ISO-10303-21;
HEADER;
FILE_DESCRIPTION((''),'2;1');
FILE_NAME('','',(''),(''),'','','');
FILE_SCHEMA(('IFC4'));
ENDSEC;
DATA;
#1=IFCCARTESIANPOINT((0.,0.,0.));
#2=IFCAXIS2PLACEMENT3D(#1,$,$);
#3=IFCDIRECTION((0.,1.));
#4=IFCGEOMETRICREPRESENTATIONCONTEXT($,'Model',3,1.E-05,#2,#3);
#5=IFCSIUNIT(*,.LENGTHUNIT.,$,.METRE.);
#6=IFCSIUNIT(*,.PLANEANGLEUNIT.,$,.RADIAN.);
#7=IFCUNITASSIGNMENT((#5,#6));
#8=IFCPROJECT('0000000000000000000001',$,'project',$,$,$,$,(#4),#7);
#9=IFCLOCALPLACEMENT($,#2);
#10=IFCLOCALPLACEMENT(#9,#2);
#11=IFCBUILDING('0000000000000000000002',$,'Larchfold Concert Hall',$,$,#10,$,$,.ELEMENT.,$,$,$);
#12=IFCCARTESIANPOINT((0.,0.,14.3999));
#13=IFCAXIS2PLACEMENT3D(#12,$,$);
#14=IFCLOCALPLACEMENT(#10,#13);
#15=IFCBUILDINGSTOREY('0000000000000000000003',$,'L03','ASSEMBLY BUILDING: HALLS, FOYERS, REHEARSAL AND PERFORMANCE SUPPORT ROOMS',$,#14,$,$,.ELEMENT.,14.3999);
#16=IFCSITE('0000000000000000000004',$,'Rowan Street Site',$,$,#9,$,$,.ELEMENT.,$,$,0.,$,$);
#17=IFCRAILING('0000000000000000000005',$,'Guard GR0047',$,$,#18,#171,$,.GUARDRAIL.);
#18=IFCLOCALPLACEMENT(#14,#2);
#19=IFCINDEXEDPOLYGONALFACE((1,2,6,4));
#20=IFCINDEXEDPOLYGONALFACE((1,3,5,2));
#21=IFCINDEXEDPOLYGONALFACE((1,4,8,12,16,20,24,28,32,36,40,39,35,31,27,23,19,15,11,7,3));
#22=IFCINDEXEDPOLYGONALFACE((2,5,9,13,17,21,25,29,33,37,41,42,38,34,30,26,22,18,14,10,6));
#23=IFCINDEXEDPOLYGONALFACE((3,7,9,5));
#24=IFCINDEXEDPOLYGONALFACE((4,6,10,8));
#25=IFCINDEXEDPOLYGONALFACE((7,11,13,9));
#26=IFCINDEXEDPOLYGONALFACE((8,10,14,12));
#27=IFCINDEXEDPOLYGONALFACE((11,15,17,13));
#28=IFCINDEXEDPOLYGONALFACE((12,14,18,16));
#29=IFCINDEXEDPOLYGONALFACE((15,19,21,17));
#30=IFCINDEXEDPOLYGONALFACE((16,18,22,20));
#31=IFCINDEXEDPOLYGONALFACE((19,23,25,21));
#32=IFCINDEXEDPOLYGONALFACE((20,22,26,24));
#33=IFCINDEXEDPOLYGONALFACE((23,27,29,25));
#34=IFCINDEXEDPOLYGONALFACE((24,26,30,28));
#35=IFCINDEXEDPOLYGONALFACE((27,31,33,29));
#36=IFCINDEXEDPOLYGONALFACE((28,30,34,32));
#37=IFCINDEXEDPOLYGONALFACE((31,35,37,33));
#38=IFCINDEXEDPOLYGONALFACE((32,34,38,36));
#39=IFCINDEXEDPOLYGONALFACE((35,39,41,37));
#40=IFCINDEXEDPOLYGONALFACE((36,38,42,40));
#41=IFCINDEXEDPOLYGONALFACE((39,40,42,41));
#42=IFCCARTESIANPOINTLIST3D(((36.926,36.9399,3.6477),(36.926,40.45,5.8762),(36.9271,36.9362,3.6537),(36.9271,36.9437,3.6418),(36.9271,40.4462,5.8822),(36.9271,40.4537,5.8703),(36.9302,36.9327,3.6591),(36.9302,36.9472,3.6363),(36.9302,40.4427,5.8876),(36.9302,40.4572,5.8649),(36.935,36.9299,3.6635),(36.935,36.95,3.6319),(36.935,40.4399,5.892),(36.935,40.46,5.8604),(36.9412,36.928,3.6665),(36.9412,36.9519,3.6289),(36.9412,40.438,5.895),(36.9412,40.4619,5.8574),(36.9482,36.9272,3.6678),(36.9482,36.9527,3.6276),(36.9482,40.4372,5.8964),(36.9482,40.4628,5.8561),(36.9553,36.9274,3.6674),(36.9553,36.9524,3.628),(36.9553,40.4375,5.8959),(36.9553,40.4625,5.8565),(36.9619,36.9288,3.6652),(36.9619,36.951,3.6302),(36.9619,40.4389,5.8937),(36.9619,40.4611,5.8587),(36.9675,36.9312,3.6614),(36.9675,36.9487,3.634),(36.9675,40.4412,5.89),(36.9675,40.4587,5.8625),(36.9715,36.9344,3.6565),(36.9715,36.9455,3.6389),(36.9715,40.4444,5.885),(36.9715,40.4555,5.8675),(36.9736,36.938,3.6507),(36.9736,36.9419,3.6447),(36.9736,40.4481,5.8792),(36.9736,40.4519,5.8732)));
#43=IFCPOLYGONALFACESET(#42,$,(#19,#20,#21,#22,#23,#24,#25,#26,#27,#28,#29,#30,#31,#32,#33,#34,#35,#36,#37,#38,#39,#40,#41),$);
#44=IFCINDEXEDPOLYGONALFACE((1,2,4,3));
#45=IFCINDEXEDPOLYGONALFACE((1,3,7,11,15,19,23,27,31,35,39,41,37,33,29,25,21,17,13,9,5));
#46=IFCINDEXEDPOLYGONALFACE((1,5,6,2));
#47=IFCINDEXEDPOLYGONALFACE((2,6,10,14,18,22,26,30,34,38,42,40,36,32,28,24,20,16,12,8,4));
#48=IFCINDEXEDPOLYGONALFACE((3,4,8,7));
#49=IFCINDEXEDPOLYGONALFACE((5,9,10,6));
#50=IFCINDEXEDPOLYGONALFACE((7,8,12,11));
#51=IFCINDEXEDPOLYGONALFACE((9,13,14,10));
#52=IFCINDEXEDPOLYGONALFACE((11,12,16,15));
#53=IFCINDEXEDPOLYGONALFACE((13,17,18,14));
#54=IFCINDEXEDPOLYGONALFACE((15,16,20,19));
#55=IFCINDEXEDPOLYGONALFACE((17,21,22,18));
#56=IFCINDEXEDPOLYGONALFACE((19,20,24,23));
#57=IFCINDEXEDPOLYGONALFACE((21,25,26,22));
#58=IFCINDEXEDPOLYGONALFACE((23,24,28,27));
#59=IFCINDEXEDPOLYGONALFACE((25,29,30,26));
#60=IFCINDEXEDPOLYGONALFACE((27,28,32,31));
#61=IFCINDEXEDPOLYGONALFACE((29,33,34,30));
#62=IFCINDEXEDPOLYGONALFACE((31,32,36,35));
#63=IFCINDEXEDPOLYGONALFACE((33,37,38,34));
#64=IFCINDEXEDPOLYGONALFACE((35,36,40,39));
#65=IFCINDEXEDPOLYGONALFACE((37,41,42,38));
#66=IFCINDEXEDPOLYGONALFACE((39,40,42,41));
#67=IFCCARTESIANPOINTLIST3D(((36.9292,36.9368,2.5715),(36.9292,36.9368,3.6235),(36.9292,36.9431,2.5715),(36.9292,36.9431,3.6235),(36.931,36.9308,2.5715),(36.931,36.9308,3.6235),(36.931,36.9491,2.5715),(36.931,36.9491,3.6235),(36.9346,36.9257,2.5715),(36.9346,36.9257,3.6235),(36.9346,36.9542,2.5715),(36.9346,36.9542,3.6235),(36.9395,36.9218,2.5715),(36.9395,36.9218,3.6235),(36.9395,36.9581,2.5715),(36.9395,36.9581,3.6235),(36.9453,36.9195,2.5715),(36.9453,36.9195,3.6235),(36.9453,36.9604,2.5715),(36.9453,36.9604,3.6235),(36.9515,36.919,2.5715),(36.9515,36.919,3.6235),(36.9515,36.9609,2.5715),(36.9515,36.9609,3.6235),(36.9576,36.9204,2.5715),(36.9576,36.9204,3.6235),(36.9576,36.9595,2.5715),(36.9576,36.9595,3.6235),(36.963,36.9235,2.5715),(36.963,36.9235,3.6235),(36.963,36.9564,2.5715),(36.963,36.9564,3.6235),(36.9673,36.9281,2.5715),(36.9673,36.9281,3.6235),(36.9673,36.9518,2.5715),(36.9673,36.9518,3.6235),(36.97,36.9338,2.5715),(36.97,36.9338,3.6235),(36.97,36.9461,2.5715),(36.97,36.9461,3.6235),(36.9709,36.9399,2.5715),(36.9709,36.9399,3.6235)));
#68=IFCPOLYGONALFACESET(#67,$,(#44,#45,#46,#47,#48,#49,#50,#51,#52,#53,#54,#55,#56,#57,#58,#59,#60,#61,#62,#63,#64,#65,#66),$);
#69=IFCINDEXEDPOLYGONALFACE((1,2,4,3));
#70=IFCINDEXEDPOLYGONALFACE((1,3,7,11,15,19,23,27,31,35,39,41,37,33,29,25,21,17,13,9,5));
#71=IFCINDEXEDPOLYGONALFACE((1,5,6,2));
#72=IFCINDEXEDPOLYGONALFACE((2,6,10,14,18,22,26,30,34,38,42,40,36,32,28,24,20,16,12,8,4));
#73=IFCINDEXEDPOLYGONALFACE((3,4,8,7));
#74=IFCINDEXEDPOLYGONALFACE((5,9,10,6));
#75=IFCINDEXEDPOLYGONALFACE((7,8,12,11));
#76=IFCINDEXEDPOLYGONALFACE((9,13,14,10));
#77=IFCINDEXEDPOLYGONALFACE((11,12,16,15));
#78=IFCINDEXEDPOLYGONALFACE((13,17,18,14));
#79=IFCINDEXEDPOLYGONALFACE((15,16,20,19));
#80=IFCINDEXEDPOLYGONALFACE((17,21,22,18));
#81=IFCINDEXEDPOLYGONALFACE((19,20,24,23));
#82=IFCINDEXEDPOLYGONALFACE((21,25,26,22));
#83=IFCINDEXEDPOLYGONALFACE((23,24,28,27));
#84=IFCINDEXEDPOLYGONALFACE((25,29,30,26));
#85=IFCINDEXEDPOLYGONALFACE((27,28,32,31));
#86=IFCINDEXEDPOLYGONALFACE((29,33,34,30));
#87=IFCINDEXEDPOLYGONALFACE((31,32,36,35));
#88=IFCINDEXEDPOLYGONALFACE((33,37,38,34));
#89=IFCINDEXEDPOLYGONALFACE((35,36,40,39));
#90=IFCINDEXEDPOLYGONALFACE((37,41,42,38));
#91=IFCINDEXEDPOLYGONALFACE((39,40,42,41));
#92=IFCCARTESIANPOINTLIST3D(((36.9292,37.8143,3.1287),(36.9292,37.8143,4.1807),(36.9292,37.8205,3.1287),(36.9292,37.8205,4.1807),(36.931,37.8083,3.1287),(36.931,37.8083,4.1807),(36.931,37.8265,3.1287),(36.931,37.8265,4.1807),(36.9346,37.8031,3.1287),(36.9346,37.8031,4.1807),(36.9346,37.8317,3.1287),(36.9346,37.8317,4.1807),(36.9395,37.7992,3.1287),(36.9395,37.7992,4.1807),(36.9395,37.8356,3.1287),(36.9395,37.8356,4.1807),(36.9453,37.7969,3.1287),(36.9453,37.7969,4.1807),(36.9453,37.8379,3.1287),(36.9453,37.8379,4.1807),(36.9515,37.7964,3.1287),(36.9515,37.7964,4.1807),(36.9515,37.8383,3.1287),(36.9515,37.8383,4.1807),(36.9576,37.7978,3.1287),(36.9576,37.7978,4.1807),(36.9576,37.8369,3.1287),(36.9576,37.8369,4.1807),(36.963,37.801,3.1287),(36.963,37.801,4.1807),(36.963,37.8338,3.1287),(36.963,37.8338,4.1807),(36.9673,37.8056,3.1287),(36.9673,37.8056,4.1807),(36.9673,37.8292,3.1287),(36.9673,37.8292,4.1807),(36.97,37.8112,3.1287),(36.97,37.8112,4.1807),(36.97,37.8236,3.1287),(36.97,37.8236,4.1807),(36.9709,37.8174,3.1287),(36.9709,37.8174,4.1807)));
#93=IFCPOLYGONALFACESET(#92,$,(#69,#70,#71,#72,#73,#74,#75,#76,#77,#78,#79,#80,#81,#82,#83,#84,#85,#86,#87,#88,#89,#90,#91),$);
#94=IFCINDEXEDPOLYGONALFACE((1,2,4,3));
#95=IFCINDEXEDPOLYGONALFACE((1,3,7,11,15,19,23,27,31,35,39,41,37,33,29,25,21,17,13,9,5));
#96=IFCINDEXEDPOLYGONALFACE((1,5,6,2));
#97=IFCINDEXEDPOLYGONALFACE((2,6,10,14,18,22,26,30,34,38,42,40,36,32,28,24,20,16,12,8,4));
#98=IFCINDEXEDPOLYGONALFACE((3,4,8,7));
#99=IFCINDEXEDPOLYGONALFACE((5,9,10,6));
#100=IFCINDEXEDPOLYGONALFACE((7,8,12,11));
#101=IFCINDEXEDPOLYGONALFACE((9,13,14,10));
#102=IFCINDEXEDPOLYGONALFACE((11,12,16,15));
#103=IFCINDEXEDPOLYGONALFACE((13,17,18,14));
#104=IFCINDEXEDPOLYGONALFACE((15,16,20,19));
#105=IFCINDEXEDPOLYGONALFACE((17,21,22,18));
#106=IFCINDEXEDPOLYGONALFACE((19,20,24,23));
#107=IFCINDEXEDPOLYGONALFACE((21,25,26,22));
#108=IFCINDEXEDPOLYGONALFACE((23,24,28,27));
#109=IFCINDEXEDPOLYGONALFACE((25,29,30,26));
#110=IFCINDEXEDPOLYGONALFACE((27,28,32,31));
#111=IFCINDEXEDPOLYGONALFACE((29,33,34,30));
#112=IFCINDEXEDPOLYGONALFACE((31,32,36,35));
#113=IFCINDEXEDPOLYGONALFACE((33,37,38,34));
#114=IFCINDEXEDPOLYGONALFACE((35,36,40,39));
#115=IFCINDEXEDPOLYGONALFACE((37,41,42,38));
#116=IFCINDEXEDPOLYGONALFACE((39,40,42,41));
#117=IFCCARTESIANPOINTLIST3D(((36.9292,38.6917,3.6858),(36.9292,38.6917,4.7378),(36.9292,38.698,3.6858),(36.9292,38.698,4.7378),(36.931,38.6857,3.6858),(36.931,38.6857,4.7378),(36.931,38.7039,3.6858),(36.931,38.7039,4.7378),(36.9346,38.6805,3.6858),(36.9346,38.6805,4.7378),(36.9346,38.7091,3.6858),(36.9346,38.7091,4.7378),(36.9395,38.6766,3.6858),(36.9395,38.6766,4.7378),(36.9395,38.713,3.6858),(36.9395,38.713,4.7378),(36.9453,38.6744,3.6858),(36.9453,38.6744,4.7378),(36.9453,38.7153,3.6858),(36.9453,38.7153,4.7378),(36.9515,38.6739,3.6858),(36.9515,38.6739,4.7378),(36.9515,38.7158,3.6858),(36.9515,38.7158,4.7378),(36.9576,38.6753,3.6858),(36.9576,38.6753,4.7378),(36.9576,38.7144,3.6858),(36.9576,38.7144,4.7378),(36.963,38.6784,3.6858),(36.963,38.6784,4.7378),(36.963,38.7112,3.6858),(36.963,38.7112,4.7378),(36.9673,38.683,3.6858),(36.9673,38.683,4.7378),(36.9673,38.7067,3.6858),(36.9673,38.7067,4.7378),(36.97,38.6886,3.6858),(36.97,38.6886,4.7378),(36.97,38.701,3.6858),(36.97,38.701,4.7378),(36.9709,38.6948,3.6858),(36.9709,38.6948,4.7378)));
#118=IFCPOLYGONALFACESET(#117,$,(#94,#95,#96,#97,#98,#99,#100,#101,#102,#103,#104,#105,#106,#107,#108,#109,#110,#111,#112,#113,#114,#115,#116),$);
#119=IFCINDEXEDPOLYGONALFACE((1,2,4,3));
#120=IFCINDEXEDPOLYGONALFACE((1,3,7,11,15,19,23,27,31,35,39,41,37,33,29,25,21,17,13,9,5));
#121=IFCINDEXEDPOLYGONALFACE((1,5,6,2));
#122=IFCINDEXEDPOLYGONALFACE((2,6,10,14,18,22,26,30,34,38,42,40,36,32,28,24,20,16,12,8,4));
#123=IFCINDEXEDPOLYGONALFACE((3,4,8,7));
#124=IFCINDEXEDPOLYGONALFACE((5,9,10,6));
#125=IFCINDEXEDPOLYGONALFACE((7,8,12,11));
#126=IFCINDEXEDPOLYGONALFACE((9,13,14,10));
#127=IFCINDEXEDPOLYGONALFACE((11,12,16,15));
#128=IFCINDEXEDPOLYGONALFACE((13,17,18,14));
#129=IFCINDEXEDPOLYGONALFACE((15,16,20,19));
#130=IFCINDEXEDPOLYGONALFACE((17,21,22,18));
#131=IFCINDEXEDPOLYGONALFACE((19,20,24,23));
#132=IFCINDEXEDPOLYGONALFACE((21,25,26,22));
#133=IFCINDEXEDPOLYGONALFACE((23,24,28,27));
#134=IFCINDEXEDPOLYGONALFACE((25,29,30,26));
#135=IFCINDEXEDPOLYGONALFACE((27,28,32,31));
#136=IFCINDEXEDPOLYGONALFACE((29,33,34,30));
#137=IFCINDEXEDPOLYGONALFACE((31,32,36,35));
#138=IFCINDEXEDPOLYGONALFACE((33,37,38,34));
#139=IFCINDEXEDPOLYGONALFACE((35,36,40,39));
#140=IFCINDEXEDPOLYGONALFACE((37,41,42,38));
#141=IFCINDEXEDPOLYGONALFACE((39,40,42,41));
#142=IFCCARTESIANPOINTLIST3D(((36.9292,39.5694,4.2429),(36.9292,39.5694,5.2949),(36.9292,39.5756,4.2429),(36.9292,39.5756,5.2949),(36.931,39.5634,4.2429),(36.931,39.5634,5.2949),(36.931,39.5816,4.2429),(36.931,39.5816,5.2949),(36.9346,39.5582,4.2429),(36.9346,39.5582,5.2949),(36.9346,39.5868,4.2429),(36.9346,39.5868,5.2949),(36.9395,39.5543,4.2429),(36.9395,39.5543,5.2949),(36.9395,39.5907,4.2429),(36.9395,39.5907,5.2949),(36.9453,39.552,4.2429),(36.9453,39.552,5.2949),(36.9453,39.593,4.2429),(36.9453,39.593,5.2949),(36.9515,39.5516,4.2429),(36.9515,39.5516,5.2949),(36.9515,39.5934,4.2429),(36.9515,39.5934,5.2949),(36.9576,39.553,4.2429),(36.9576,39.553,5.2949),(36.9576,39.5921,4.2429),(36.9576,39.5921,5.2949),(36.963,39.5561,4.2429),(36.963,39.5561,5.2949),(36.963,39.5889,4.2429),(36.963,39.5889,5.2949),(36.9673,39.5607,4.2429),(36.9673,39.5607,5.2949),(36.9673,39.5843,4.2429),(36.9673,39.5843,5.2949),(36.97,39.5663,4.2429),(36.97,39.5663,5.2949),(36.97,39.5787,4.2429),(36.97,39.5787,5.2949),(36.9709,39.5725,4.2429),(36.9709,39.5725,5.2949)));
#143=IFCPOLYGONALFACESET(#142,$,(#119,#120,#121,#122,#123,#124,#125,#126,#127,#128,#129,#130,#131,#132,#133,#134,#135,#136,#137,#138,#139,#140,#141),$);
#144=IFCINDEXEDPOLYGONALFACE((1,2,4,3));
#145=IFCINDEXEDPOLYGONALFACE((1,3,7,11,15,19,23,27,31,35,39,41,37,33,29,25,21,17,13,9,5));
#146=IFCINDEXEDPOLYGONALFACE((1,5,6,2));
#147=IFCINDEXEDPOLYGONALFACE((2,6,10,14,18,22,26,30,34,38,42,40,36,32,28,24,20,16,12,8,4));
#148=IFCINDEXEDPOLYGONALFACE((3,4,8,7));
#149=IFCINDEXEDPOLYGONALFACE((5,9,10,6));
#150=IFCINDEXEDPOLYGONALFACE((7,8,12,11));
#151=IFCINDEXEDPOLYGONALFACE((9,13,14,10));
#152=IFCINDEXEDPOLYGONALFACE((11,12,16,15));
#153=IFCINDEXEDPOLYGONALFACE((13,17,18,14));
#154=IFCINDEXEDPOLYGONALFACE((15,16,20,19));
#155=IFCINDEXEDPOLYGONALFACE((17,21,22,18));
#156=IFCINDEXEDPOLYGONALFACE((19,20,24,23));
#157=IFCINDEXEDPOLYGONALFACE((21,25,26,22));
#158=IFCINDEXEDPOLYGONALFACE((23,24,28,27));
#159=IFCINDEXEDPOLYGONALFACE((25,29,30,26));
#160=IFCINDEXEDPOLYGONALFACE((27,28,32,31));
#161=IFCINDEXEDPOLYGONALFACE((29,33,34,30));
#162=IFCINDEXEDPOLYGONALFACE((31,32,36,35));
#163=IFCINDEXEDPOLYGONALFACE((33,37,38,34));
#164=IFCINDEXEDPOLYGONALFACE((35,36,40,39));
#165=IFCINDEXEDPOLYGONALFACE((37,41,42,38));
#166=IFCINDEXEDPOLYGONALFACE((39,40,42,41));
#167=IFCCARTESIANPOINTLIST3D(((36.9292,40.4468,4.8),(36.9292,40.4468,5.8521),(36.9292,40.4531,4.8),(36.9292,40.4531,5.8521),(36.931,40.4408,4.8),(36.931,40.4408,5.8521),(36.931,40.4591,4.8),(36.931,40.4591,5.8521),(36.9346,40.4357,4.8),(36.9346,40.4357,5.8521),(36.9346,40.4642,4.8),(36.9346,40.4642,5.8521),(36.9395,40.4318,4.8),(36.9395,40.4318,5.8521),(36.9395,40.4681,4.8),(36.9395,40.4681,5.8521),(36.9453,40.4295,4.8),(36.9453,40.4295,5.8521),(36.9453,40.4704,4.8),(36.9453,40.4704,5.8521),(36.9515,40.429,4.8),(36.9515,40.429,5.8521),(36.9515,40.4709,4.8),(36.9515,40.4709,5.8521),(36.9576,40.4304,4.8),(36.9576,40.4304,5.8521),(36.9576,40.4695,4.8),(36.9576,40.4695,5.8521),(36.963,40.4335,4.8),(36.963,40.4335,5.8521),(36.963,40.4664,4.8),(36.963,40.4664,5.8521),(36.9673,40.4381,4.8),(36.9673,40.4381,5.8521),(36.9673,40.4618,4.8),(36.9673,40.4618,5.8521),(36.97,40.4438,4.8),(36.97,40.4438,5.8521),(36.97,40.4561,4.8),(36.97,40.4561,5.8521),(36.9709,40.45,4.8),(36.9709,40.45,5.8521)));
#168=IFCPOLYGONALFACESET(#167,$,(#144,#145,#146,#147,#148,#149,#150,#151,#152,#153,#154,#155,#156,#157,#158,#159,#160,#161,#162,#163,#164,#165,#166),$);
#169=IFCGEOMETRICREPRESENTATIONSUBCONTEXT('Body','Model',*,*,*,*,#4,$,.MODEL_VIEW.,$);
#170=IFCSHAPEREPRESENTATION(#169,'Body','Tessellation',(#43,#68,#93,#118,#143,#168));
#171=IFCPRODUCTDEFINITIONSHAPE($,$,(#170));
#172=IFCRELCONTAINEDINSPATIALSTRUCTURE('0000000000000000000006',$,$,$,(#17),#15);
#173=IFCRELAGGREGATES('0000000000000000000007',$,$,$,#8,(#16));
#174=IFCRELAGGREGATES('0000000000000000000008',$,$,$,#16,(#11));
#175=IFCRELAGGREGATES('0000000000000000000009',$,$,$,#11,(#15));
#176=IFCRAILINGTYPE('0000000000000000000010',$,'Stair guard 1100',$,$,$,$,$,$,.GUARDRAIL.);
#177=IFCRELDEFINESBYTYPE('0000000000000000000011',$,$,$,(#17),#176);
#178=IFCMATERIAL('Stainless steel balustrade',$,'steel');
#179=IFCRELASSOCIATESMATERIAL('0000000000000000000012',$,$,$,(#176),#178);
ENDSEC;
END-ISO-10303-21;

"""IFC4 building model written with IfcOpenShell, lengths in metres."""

from ifc_helpers import new_model, si_unit, direction, frame, origin, origin_2d, place, context, subcontext, project, spatial, circle, extrude, material, type_object, element, save


model = new_model("IFC4")

# Units and contexts
model_context = context("Model", 3, precision=1e-05, world=origin(), true_north=direction((0.0, 1.0)))
body_context = subcontext(model_context, "Body", "Model", "MODEL_VIEW")
ifc_project = project(units=[si_unit("LENGTHUNIT", "METRE"), si_unit("PLANEANGLEUNIT", "RADIAN")], contexts=[model_context])

# Site, building, storey
site_placement = place(None, origin())
site = spatial("IfcSite", under=ifc_project, at=site_placement, Name="Rowan Street Site", CompositionType="ELEMENT", RefElevation=0.0)
building_placement = place(site_placement, origin())
building = spatial("IfcBuilding", under=site, at=building_placement, Name="Larchfold Concert Hall", CompositionType="ELEMENT")
storey_placement = place(building_placement, frame((0.0, 0.0, 14.3999)))
storey = spatial("IfcBuildingStorey", under=building, at=storey_placement, Name="L03", Description="ASSEMBLY BUILDING: HALLS, FOYERS, REHEARSAL AND PERFORMANCE SUPPORT ROOMS", CompositionType="ELEMENT", Elevation=14.3999)

# Railing
ifc_material_1 = material(Name="Stainless steel balustrade", Category="steel")
railing_type_1 = type_object("IfcRailingType", Name="Stair guard 1100", PredefinedType="GUARDRAIL", material=ifc_material_1)
railing_1_placement = place(storey_placement, frame((36.95, 36.9399, 2.5715)))
element("IfcRailing", 1, at=railing_1_placement, inside=storey, type_object=railing_type_1, Name="Guard GR0047", PredefinedType="GUARDRAIL", context=body_context, shape_type="SweptSolid", body=[
    extrude(circle(Radius=0.0239, at=origin_2d()), frame((0.0, 0.0, 1.0762), z_axis=(0.0, 0.84422, 0.535998), x_axis=(-1.0, 0.0, 0.0)), (0.0, 0.0, 1.0), 4.1577),
    extrude(circle(Radius=0.021, at=origin_2d()), origin(), (0.0, 0.0, 1.0), 1.052),
    extrude(circle(Radius=0.021, at=origin_2d()), frame((0.0, 0.8774, 0.5571)), (0.0, 0.0, 1.0), 1.052),
    extrude(circle(Radius=0.021, at=origin_2d()), frame((0.0, 1.7549, 1.1143)), (0.0, 0.0, 1.0), 1.052),
    extrude(circle(Radius=0.021, at=origin_2d()), frame((0.0, 2.6326, 1.6714)), (0.0, 0.0, 1.0), 1.052),
    extrude(circle(Radius=0.021, at=origin_2d()), frame((0.0, 3.51, 2.2285)), (0.0, 0.0, 1.0), 1.052),
])

save(model, "model.ifc")
